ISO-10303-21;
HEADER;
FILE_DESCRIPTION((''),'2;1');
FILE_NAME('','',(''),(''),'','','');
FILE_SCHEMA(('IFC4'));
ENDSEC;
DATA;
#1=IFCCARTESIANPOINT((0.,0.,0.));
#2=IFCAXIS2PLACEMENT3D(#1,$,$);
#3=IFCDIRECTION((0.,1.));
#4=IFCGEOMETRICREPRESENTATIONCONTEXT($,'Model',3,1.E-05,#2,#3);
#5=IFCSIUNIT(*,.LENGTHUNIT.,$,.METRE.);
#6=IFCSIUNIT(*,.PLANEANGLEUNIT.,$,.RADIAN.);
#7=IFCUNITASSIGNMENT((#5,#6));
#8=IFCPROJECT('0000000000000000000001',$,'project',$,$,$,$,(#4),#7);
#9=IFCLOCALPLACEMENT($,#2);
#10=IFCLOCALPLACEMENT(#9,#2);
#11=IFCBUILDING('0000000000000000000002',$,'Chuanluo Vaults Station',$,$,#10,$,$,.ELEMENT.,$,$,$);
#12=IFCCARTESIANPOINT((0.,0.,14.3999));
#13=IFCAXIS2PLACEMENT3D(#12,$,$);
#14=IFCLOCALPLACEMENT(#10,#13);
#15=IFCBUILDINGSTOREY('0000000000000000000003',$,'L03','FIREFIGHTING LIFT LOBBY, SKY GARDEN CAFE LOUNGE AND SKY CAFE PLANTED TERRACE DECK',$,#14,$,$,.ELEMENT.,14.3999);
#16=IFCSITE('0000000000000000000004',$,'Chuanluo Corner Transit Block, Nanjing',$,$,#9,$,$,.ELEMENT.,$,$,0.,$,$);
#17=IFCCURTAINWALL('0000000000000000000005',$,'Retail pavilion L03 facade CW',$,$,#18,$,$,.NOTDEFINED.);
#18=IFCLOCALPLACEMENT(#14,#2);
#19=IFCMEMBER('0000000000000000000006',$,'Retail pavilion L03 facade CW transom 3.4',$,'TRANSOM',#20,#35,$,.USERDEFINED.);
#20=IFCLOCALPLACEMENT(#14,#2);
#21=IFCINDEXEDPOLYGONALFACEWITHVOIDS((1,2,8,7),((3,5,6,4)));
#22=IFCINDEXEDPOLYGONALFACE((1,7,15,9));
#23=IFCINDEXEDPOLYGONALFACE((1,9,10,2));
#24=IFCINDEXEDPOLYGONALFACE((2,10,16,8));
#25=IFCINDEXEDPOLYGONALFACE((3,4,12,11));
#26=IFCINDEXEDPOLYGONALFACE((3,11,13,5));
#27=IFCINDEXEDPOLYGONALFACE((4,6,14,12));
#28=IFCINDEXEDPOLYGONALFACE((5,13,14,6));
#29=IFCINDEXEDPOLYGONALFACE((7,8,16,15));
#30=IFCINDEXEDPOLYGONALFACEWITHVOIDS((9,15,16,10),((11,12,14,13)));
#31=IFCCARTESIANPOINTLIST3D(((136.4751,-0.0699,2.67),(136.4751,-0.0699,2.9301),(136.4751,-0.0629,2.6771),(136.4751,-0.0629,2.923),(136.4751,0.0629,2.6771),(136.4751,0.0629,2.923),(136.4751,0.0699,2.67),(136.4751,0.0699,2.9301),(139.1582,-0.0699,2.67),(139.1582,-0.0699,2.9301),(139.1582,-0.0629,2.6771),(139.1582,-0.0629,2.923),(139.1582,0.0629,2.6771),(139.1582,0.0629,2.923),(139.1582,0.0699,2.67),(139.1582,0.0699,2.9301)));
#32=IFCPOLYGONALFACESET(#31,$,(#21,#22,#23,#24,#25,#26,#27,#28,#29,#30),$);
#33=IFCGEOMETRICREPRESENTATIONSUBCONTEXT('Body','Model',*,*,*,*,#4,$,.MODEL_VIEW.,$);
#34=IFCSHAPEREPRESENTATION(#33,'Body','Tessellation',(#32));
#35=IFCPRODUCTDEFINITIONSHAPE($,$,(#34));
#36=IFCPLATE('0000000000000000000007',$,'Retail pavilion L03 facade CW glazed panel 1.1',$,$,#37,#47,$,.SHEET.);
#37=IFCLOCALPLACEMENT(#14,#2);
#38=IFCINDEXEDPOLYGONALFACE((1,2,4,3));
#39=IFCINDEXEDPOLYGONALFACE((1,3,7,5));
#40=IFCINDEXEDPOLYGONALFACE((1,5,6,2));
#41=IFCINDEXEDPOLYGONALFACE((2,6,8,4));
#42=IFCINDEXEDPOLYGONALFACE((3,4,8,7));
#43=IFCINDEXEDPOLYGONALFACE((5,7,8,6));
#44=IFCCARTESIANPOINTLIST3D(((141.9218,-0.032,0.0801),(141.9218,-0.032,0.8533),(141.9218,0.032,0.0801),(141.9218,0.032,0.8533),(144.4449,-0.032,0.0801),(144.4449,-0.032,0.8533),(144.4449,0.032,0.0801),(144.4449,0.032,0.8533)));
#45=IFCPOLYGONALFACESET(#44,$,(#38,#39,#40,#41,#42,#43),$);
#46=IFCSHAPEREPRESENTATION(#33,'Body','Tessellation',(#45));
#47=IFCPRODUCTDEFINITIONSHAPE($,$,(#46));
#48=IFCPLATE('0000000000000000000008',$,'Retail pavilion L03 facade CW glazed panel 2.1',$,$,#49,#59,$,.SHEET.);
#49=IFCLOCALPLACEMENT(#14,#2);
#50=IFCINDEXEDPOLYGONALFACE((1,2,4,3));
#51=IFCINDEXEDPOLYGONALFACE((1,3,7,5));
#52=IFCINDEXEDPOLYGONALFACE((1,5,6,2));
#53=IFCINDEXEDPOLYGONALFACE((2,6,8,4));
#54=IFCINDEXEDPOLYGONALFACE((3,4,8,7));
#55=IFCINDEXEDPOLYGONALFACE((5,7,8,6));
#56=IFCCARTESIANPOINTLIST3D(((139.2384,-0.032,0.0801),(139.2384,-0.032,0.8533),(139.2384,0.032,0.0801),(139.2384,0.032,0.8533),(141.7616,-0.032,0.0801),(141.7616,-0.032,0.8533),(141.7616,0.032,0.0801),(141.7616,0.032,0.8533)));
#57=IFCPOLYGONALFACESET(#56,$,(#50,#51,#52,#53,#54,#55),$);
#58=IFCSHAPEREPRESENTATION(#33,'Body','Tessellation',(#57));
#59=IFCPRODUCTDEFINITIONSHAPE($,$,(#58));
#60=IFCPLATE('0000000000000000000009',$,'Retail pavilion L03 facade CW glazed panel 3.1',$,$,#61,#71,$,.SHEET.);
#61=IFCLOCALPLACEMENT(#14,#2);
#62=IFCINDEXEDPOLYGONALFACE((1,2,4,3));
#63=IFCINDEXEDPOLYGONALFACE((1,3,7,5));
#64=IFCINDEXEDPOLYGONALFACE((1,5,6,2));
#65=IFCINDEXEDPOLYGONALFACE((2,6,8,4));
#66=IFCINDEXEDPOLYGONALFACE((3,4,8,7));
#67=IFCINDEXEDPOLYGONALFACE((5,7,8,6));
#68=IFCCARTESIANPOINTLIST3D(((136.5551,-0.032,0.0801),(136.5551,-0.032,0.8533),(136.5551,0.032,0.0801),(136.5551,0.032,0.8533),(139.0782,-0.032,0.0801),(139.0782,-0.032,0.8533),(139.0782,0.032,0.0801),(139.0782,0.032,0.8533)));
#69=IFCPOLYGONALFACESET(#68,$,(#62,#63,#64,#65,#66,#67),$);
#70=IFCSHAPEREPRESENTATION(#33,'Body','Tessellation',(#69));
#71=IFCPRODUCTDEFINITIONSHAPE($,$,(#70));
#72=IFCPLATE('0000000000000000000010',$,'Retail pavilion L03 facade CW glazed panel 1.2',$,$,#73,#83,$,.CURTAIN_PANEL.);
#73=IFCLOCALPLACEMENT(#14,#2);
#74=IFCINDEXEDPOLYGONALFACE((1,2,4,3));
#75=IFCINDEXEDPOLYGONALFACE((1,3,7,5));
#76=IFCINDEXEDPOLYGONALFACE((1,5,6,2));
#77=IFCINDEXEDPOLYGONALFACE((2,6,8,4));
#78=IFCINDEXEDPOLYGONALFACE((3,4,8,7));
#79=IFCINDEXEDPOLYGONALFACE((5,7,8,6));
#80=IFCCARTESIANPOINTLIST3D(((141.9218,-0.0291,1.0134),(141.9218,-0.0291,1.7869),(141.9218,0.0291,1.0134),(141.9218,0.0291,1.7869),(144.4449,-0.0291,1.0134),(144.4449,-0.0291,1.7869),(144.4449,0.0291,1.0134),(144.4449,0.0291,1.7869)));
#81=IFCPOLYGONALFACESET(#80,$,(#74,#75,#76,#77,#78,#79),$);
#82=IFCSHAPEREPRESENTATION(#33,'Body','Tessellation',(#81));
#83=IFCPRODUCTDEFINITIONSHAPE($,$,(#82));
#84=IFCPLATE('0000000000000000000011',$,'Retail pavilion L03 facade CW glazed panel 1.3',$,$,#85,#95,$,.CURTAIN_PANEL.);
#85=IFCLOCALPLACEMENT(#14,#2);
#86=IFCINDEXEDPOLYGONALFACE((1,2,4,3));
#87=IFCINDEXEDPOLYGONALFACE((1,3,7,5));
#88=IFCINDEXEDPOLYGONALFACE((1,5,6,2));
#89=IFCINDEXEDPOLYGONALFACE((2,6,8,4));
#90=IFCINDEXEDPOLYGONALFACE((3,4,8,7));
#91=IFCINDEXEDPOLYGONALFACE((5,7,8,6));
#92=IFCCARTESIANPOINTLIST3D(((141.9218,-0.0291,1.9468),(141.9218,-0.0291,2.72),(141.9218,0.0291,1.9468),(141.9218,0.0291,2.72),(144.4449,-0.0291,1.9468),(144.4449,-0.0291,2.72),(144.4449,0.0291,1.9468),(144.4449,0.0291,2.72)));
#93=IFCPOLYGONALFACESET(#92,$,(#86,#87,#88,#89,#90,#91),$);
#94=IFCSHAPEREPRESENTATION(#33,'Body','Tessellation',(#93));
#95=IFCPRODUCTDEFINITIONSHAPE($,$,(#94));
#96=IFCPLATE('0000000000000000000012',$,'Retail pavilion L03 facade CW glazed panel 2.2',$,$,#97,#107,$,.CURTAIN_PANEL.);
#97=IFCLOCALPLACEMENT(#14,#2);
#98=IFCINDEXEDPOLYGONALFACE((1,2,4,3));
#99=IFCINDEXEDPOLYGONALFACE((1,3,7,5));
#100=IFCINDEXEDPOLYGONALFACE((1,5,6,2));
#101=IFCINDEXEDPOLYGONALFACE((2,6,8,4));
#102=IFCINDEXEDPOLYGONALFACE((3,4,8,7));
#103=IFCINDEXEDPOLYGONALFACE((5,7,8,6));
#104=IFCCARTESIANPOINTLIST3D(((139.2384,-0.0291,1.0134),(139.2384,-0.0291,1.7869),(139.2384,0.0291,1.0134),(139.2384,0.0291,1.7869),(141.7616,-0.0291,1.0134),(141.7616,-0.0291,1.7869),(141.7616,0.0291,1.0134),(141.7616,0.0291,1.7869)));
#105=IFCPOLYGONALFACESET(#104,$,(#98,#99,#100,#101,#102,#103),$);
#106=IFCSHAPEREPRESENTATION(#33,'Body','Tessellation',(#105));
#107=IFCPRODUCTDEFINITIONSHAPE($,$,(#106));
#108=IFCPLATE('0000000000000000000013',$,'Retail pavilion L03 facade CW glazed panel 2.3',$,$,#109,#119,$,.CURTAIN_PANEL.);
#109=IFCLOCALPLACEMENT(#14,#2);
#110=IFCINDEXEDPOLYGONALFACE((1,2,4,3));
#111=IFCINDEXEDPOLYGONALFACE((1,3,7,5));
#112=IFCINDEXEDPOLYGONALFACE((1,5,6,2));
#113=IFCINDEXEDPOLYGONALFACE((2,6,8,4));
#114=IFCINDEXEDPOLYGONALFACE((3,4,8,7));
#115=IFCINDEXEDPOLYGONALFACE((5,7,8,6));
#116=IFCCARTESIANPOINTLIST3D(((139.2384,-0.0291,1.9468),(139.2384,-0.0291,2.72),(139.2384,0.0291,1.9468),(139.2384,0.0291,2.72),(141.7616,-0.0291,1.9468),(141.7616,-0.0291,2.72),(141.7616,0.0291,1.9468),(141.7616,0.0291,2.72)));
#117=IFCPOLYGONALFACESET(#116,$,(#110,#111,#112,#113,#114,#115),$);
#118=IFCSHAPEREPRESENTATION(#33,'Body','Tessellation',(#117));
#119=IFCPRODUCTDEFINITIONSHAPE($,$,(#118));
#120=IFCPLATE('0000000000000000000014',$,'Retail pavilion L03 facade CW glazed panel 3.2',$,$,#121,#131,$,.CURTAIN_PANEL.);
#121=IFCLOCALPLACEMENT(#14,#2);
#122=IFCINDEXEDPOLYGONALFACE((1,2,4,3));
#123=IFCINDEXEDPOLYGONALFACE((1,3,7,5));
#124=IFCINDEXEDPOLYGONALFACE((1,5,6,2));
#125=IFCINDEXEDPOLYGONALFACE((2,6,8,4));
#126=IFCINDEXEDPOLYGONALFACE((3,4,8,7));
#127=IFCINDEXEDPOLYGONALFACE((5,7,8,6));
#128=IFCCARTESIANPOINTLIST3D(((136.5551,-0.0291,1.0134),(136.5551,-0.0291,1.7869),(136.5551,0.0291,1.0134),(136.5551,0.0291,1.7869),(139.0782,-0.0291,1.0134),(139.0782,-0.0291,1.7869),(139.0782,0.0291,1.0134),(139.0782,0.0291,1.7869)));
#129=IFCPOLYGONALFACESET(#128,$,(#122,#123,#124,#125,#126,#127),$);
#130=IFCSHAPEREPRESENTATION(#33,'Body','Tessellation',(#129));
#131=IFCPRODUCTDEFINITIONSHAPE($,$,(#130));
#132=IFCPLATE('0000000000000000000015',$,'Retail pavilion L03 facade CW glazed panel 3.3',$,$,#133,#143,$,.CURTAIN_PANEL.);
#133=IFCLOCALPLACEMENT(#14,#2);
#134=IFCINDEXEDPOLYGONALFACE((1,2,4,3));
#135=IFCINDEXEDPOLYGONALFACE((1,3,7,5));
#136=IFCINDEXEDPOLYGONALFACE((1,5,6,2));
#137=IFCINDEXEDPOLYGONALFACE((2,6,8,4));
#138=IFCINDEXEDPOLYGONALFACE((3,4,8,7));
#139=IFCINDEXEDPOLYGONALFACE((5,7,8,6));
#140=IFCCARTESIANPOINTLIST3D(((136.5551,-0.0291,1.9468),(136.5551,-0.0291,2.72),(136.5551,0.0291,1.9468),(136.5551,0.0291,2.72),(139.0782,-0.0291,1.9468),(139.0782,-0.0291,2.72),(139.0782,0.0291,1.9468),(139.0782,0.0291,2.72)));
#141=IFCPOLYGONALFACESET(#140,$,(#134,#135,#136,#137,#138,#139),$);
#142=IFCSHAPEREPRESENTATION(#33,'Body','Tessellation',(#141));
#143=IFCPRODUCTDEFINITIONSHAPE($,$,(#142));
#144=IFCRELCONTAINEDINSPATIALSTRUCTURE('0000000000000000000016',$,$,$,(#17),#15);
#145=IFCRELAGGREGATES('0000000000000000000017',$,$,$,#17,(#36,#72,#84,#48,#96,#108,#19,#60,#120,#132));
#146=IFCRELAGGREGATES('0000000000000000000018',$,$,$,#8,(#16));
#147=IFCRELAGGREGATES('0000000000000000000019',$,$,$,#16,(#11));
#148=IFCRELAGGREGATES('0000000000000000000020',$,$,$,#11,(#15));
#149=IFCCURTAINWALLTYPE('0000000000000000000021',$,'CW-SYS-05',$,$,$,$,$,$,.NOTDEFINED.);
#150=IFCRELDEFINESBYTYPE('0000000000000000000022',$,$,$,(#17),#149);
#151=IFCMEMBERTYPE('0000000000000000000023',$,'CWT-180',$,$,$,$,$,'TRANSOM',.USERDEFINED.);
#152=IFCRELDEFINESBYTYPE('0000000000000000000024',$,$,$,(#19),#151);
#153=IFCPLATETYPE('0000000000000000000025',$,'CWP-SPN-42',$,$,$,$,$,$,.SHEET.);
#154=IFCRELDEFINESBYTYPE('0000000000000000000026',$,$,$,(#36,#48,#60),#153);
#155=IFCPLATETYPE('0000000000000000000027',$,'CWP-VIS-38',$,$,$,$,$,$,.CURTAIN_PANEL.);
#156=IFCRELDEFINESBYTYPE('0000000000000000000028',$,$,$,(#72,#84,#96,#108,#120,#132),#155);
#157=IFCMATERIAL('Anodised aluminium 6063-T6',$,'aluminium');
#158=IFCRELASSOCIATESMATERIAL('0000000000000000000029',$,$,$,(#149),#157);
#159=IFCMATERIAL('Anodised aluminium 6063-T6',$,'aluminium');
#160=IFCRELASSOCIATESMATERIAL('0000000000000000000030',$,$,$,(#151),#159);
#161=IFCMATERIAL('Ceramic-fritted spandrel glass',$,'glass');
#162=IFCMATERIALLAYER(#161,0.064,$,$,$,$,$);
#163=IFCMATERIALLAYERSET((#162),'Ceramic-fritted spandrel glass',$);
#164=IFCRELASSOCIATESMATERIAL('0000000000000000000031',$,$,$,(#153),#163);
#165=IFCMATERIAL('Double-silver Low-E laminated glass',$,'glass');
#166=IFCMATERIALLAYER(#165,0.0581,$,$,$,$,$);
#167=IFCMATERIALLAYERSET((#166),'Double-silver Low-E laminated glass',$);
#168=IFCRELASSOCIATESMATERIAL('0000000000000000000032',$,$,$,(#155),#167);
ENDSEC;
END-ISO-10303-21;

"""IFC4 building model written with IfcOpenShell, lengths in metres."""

from ifc_helpers import new_model, si_unit, direction, frame, origin, origin_2d, place, context, subcontext, project, spatial, rectangle, hollow_rectangle, extrude, material, layer, layer_set, material_profile, profile_set, type_object, element, aggregate, save


model = new_model("IFC4")

# Units and contexts
model_context = context("Model", 3, precision=1e-05, world=origin(), true_north=direction((0.0, 1.0)))
body_context = subcontext(model_context, "Body", "Model", "MODEL_VIEW")
ifc_project = project(units=[si_unit("LENGTHUNIT", "METRE"), si_unit("PLANEANGLEUNIT", "RADIAN")], contexts=[model_context])

# Site, building, storey
site_placement = place(None, origin())
site = spatial("IfcSite", under=ifc_project, at=site_placement, Name="Chuanluo Corner Transit Block, Nanjing", CompositionType="ELEMENT", RefElevation=0.0)
building_placement = place(site_placement, origin())
building = spatial("IfcBuilding", under=site, at=building_placement, Name="Chuanluo Vaults Station", CompositionType="ELEMENT")
storey_placement = place(building_placement, frame((0.0, 0.0, 14.3999)))
storey = spatial("IfcBuildingStorey", under=building, at=storey_placement, Name="L03", Description="FIREFIGHTING LIFT LOBBY, SKY GARDEN CAFE LOUNGE AND SKY CAFE PLANTED TERRACE DECK", CompositionType="ELEMENT", Elevation=14.3999)

# Curtain wall, member, plates
ifc_material_1 = material(Name="Anodised aluminium 6063-T6", Category="aluminium")
curtain_wall_type = type_object("IfcCurtainWallType", Name="CW-SYS-05", PredefinedType="NOTDEFINED", material=ifc_material_1)
curtain_wall_placement = place(storey_placement, origin())
curtain_wall = element("IfcCurtainWall", 1, at=curtain_wall_placement, inside=storey, type_object=curtain_wall_type, Name="Retail pavilion L03 facade CW", PredefinedType="NOTDEFINED")
ifc_material_2 = material(Name="Anodised aluminium 6063-T6", Category="aluminium")
ifc_material_profile_1 = material_profile(ifc_material_2, hollow_rectangle(XDim=0.1399, YDim=0.26, WallThickness=0.0071, at=origin_2d()))
ifc_profile_set_1 = profile_set([ifc_material_profile_1], Name="Anodised aluminium 6063-T6")
member_type_1 = type_object("IfcMemberType", Name="CWT-180", ElementType="TRANSOM", PredefinedType="USERDEFINED", material=ifc_profile_set_1)
member_1_placement = place(storey_placement, frame((139.1582, 0.0, 2.8), z_axis=(-1.0, 0.0, 0.0), x_axis=(0.0, -1.0, 0.0)))
member_1 = element("IfcMember", 2, at=member_1_placement, type_object=member_type_1, Name="Retail pavilion L03 facade CW transom 3.4", ObjectType="TRANSOM", PredefinedType="USERDEFINED", context=body_context, shape_type="SweptSolid", body=[
    extrude(hollow_rectangle(XDim=0.1399, YDim=0.26, WallThickness=0.0071, at=origin_2d()), origin(), (0.0, 0.0, 1.0), 2.6831),
])
ifc_material_3 = material(Name="Ceramic-fritted spandrel glass", Category="glass")
ifc_layer_1 = layer(ifc_material_3, 0.064)
ifc_layer_set_1 = layer_set([ifc_layer_1], Name="Ceramic-fritted spandrel glass")
plate_type_1 = type_object("IfcPlateType", Name="CWP-SPN-42", PredefinedType="SHEET", material=ifc_layer_set_1)
plate_1_placement = place(storey_placement, frame((143.1833, 0.0, 0.0801), z_axis=(0.0, 0.0, 1.0), x_axis=(-1.0, 0.0, 0.0)))
plate_1 = element("IfcPlate", 3, at=plate_1_placement, type_object=plate_type_1, Name="Retail pavilion L03 facade CW glazed panel 1.1", PredefinedType="SHEET", context=body_context, shape_type="SweptSolid", body=[
    extrude(rectangle(XDim=2.5232, YDim=0.064, at=origin_2d()), origin(), (0.0, 0.0, 1.0), 0.7732),
])
plate_2_placement = place(storey_placement, frame((140.5, 0.0, 0.0801), z_axis=(0.0, 0.0, 1.0), x_axis=(-1.0, 0.0, 0.0)))
plate_2 = element("IfcPlate", 4, at=plate_2_placement, type_object=plate_type_1, Name="Retail pavilion L03 facade CW glazed panel 2.1", PredefinedType="SHEET", context=body_context, shape_type="SweptSolid", body=[
    extrude(rectangle(XDim=2.5232, YDim=0.064, at=origin_2d()), origin(), (0.0, 0.0, 1.0), 0.7732),
])
plate_3_placement = place(storey_placement, frame((137.8167, 0.0, 0.0801), z_axis=(0.0, 0.0, 1.0), x_axis=(-1.0, 0.0, 0.0)))
plate_3 = element("IfcPlate", 5, at=plate_3_placement, type_object=plate_type_1, Name="Retail pavilion L03 facade CW glazed panel 3.1", PredefinedType="SHEET", context=body_context, shape_type="SweptSolid", body=[
    extrude(rectangle(XDim=2.5232, YDim=0.064, at=origin_2d()), origin(), (0.0, 0.0, 1.0), 0.7732),
])
ifc_material_4 = material(Name="Double-silver Low-E laminated glass", Category="glass")
ifc_layer_2 = layer(ifc_material_4, 0.0581)
ifc_layer_set_2 = layer_set([ifc_layer_2], Name="Double-silver Low-E laminated glass")
plate_type_2 = type_object("IfcPlateType", Name="CWP-VIS-38", PredefinedType="CURTAIN_PANEL", material=ifc_layer_set_2)
plate_4_placement = place(storey_placement, frame((143.1833, 0.0, 1.0134), z_axis=(0.0, 0.0, 1.0), x_axis=(-1.0, 0.0, 0.0)))
plate_4 = element("IfcPlate", 6, at=plate_4_placement, type_object=plate_type_2, Name="Retail pavilion L03 facade CW glazed panel 1.2", PredefinedType="CURTAIN_PANEL", context=body_context, shape_type="SweptSolid", body=[
    extrude(rectangle(XDim=2.5232, YDim=0.0581, at=origin_2d()), origin(), (0.0, 0.0, 1.0), 0.7734),
])
plate_5_placement = place(storey_placement, frame((143.1833, 0.0, 1.9468), z_axis=(0.0, 0.0, 1.0), x_axis=(-1.0, 0.0, 0.0)))
plate_5 = element("IfcPlate", 7, at=plate_5_placement, type_object=plate_type_2, Name="Retail pavilion L03 facade CW glazed panel 1.3", PredefinedType="CURTAIN_PANEL", context=body_context, shape_type="SweptSolid", body=[
    extrude(rectangle(XDim=2.5232, YDim=0.0581, at=origin_2d()), origin(), (0.0, 0.0, 1.0), 0.7732),
])
plate_6_placement = place(storey_placement, frame((140.5, 0.0, 1.0134), z_axis=(0.0, 0.0, 1.0), x_axis=(-1.0, 0.0, 0.0)))
plate_6 = element("IfcPlate", 8, at=plate_6_placement, type_object=plate_type_2, Name="Retail pavilion L03 facade CW glazed panel 2.2", PredefinedType="CURTAIN_PANEL", context=body_context, shape_type="SweptSolid", body=[
    extrude(rectangle(XDim=2.5232, YDim=0.0581, at=origin_2d()), origin(), (0.0, 0.0, 1.0), 0.7734),
])
plate_7_placement = place(storey_placement, frame((140.5, 0.0, 1.9468), z_axis=(0.0, 0.0, 1.0), x_axis=(-1.0, 0.0, 0.0)))
plate_7 = element("IfcPlate", 9, at=plate_7_placement, type_object=plate_type_2, Name="Retail pavilion L03 facade CW glazed panel 2.3", PredefinedType="CURTAIN_PANEL", context=body_context, shape_type="SweptSolid", body=[
    extrude(rectangle(XDim=2.5232, YDim=0.0581, at=origin_2d()), origin(), (0.0, 0.0, 1.0), 0.7732),
])
plate_8_placement = place(storey_placement, frame((137.8167, 0.0, 1.0134), z_axis=(0.0, 0.0, 1.0), x_axis=(-1.0, 0.0, 0.0)))
plate_8 = element("IfcPlate", 10, at=plate_8_placement, type_object=plate_type_2, Name="Retail pavilion L03 facade CW glazed panel 3.2", PredefinedType="CURTAIN_PANEL", context=body_context, shape_type="SweptSolid", body=[
    extrude(rectangle(XDim=2.5232, YDim=0.0581, at=origin_2d()), origin(), (0.0, 0.0, 1.0), 0.7734),
])
plate_9_placement = place(storey_placement, frame((137.8167, 0.0, 1.9468), z_axis=(0.0, 0.0, 1.0), x_axis=(-1.0, 0.0, 0.0)))
plate_9 = element("IfcPlate", 11, at=plate_9_placement, type_object=plate_type_2, Name="Retail pavilion L03 facade CW glazed panel 3.3", PredefinedType="CURTAIN_PANEL", context=body_context, shape_type="SweptSolid", body=[
    extrude(rectangle(XDim=2.5232, YDim=0.0581, at=origin_2d()), origin(), (0.0, 0.0, 1.0), 0.7732),
])
aggregate(curtain_wall, [plate_1, plate_4, plate_5, plate_2, plate_6, plate_7, member_1, plate_3, plate_8, plate_9])

save(model, "model.ifc")
